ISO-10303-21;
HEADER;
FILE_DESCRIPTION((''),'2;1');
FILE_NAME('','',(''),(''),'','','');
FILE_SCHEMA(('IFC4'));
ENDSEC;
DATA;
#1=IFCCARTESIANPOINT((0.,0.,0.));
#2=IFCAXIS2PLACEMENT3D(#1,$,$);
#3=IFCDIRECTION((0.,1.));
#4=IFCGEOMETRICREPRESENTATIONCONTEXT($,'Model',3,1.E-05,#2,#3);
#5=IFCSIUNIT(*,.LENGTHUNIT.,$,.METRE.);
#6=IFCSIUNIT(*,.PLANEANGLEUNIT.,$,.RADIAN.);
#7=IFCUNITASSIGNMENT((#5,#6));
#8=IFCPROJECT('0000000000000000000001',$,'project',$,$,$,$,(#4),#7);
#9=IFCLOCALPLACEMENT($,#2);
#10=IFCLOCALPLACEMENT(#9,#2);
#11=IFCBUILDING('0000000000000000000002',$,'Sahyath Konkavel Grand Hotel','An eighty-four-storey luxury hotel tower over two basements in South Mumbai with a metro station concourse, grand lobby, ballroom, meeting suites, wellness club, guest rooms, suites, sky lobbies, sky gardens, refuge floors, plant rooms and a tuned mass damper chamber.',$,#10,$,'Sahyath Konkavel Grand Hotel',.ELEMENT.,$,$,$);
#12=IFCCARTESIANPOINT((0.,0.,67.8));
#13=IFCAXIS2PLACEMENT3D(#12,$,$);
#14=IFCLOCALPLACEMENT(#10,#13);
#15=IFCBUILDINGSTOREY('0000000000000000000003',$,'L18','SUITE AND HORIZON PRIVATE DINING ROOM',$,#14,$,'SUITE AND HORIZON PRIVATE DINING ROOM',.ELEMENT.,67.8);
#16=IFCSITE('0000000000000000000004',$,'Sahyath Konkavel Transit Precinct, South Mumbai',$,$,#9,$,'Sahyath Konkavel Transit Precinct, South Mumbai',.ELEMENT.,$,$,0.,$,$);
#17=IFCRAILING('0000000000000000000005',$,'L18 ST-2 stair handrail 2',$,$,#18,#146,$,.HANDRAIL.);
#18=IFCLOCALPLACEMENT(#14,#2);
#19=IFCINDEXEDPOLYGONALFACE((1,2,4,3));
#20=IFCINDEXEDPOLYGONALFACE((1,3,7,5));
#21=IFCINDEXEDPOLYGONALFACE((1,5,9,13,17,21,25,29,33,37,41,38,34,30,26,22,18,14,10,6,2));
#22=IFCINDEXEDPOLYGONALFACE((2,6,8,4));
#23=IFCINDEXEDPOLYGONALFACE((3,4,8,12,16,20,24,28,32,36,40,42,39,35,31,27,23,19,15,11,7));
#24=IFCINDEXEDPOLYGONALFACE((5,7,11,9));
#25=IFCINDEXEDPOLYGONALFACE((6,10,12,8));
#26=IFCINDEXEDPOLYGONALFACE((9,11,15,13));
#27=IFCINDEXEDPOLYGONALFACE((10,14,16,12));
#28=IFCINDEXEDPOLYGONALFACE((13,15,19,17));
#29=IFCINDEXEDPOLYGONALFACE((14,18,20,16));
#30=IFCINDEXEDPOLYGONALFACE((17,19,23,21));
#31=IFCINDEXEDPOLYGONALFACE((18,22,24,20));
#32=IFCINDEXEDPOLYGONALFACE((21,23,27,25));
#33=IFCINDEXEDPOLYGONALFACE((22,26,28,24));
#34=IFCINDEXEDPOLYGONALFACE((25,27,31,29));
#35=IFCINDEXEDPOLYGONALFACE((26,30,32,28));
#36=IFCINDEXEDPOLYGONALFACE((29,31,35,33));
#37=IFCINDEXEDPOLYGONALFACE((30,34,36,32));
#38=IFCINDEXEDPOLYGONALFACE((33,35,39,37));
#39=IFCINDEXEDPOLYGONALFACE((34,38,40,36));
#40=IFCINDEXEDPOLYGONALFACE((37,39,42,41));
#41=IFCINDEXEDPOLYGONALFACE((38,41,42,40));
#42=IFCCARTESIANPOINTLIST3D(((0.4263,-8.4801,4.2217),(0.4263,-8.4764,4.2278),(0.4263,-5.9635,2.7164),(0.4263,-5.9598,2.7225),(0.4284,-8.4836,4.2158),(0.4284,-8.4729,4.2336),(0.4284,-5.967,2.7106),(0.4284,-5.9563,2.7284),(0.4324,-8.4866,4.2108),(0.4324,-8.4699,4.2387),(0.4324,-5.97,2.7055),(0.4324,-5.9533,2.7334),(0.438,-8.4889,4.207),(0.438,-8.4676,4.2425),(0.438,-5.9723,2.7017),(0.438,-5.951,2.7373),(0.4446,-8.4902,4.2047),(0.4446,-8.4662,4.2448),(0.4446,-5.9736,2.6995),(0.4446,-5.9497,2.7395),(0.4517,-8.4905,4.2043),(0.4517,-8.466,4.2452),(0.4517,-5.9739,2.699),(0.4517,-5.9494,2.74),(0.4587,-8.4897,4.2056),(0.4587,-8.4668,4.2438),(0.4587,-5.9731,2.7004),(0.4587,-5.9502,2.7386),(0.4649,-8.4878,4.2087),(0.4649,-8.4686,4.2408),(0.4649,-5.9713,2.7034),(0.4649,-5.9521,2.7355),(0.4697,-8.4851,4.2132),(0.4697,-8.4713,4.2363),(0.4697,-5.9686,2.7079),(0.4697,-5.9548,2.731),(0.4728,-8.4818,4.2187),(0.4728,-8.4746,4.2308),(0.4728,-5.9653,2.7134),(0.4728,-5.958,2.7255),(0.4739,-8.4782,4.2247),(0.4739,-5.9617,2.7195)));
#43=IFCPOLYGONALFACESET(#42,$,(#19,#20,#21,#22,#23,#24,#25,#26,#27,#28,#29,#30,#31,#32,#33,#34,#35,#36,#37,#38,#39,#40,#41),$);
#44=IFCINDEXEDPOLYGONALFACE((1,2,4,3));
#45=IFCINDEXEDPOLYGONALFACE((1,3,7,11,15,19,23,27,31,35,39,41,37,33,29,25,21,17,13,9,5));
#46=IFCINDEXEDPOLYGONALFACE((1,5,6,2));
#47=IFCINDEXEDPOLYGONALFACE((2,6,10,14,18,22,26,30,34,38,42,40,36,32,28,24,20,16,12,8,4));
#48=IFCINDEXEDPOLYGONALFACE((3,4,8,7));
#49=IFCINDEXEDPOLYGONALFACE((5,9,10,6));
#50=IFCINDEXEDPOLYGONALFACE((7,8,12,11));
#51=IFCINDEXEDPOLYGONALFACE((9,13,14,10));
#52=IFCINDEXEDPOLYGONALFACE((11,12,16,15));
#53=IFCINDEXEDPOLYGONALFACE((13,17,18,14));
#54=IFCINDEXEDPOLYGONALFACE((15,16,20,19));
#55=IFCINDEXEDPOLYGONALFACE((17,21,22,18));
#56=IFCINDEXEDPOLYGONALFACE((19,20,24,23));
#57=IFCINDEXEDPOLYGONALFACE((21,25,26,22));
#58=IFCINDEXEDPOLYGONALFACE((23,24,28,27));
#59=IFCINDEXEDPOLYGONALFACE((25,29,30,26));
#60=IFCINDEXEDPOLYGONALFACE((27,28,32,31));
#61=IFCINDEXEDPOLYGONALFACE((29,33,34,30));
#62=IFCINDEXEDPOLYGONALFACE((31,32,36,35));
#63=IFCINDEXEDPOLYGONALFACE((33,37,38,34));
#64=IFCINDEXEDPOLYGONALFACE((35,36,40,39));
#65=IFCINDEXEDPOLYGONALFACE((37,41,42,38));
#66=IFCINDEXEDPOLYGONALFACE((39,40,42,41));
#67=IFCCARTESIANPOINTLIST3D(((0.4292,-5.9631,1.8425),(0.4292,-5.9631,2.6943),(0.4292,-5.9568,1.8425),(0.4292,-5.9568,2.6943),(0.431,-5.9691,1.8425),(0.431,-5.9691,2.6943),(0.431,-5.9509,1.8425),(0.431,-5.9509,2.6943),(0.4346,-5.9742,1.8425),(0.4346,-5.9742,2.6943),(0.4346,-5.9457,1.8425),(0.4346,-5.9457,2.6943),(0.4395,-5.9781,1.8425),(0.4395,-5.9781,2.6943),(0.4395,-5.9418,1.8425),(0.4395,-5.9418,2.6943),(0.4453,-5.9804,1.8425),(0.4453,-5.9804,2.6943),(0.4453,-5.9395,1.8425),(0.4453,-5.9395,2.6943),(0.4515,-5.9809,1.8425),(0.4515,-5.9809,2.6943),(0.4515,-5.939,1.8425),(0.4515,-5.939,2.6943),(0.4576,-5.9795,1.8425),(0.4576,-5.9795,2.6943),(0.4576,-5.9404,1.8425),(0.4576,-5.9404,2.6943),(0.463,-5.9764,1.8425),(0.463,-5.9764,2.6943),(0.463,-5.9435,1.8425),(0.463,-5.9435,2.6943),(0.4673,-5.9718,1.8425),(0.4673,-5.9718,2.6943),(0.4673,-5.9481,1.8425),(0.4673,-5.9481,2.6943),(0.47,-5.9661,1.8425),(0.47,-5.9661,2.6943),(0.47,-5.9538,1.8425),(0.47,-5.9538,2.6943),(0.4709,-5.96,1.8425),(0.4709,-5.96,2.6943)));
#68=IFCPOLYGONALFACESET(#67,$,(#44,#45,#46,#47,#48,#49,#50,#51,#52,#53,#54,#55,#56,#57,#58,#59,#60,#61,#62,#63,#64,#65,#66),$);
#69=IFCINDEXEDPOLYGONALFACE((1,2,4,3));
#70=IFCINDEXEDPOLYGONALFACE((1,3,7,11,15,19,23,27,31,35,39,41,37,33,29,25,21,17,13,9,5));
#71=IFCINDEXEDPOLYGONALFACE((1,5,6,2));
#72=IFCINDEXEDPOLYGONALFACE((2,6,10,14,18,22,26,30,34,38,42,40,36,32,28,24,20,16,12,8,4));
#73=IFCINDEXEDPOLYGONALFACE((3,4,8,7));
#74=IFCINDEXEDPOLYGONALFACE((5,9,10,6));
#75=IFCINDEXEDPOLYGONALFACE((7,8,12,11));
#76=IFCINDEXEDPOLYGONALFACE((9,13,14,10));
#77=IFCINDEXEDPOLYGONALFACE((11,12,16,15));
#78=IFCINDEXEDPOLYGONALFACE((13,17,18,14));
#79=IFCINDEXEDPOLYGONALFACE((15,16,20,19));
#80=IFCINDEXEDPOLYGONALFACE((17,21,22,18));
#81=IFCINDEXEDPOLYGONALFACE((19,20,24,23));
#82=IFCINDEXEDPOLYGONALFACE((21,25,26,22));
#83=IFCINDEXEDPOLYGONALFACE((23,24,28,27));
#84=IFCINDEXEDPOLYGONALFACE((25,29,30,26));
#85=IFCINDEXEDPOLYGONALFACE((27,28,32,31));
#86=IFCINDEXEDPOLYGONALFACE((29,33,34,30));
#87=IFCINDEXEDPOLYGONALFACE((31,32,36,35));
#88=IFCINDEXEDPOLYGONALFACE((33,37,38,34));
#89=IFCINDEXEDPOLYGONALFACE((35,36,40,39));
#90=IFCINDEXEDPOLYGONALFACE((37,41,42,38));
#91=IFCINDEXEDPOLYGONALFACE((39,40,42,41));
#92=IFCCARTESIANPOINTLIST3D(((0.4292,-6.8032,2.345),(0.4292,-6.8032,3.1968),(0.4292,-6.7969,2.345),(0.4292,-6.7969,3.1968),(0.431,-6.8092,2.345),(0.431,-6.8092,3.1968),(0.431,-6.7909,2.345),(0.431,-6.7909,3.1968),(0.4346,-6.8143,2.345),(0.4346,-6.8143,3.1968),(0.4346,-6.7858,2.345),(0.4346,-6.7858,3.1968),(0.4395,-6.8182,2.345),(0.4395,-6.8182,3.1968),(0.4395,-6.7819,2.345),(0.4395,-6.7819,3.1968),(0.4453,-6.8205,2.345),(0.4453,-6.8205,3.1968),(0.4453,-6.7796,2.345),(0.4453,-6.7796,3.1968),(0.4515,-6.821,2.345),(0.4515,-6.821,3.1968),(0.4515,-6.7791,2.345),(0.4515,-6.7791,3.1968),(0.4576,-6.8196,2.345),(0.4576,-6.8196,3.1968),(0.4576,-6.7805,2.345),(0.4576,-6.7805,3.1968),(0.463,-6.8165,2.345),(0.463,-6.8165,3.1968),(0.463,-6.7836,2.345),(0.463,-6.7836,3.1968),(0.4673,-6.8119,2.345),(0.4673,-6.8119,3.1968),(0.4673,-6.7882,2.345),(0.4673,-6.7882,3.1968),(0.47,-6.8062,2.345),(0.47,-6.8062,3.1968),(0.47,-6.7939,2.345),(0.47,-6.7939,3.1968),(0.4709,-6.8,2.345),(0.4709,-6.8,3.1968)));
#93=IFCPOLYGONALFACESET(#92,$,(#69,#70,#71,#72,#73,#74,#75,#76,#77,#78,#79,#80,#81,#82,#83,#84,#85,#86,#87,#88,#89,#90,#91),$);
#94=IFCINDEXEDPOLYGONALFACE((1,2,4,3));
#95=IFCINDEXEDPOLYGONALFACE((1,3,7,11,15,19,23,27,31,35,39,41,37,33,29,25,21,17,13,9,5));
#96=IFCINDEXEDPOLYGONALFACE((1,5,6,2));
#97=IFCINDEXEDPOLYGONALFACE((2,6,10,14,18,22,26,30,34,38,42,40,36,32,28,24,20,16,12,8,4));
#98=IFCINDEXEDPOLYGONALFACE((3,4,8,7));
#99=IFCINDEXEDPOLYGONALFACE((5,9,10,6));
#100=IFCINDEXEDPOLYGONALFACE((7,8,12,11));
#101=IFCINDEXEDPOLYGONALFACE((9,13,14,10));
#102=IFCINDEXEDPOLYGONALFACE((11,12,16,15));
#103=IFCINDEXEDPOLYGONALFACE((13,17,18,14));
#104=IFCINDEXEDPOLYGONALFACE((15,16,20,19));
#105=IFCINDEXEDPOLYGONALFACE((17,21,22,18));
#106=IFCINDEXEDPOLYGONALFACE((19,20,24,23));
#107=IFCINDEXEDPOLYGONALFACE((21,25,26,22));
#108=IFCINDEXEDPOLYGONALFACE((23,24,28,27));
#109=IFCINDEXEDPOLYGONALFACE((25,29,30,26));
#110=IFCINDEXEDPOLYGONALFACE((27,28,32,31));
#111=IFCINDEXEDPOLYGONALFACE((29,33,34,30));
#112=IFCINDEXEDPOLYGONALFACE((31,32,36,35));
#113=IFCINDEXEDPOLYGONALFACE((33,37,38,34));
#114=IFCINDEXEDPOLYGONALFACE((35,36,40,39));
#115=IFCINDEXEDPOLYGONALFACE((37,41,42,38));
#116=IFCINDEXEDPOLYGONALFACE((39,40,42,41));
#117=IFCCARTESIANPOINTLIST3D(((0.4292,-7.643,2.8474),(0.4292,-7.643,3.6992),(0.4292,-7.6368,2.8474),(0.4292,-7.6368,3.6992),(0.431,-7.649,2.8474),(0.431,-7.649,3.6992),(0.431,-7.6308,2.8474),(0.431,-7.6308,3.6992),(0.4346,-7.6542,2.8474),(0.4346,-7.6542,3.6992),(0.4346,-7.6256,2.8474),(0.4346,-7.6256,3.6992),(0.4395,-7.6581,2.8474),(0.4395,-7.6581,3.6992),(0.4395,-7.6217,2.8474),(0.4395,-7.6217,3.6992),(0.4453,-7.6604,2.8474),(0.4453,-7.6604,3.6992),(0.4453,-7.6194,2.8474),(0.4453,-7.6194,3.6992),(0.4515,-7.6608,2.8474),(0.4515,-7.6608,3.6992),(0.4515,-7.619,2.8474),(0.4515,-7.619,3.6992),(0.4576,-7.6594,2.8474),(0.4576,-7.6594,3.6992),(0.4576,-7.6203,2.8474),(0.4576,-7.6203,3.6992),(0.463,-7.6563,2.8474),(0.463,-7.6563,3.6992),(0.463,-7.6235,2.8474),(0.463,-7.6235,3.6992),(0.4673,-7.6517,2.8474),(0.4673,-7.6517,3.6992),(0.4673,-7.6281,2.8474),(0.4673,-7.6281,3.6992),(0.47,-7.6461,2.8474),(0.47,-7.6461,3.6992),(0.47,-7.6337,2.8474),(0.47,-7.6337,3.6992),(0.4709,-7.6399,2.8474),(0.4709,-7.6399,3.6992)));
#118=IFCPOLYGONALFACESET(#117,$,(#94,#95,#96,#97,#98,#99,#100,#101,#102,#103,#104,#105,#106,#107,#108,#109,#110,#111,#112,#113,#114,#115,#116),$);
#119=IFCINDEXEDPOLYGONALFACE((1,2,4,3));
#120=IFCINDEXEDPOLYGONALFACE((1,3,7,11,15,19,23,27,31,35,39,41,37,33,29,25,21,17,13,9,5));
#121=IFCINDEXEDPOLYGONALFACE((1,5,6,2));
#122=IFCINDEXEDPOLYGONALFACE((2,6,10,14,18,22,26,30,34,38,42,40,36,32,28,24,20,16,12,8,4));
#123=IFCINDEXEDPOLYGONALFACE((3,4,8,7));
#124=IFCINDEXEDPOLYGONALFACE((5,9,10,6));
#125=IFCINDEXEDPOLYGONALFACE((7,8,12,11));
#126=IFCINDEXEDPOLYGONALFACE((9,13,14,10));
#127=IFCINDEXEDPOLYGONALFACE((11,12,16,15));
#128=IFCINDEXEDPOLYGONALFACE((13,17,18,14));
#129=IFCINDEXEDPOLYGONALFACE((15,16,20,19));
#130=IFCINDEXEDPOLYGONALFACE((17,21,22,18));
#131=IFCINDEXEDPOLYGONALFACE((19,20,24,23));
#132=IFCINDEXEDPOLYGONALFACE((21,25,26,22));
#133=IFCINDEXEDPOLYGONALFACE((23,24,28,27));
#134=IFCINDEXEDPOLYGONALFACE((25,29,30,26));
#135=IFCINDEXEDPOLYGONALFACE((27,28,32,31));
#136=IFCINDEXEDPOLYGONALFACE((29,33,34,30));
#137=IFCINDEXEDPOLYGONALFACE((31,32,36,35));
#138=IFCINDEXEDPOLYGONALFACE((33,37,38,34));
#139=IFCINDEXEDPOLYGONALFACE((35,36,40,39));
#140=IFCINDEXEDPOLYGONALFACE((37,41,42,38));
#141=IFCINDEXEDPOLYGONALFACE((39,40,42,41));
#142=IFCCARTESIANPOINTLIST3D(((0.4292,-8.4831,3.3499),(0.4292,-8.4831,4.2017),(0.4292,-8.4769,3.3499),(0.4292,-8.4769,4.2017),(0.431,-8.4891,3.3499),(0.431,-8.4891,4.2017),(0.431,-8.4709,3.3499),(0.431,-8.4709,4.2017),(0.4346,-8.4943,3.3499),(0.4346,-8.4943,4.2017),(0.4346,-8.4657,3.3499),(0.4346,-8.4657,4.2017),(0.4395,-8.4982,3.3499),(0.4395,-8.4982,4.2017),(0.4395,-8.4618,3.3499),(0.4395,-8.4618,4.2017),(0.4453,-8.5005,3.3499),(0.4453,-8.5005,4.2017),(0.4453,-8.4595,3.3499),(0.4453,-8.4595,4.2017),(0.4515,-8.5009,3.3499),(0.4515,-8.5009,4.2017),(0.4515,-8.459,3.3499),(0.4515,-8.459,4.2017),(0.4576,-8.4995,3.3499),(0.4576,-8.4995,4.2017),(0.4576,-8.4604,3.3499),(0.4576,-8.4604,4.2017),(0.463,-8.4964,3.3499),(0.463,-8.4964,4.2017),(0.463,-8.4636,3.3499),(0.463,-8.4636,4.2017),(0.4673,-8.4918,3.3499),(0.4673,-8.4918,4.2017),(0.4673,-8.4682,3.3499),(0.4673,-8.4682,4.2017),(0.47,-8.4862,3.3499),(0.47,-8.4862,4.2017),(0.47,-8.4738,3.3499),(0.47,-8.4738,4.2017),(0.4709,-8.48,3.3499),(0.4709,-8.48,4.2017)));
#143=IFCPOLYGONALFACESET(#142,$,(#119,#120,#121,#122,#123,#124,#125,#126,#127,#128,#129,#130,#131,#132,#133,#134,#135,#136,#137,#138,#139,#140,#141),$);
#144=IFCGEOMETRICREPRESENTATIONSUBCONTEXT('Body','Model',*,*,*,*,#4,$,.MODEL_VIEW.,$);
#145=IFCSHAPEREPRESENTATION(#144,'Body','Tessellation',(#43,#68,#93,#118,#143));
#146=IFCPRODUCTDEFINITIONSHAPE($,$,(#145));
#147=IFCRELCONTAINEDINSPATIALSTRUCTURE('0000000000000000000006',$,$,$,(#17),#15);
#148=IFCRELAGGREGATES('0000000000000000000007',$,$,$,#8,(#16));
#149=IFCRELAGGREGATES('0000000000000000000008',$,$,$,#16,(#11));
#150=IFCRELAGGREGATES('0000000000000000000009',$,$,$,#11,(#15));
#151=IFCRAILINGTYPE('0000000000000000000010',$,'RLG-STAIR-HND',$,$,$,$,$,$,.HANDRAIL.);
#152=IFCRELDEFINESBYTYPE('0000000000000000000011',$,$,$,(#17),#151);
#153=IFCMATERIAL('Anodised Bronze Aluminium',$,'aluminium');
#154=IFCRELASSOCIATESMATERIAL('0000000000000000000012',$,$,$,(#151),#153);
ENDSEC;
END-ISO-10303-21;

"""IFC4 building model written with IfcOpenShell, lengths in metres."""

from ifc_helpers import new_model, si_unit, direction, frame, origin, origin_2d, place, context, subcontext, project, spatial, circle, extrude, material, type_object, element, save


model = new_model("IFC4")

# Units and contexts
model_context = context("Model", 3, precision=1e-05, world=origin(), true_north=direction((0.0, 1.0)))
body_context = subcontext(model_context, "Body", "Model", "MODEL_VIEW")
ifc_project = project(units=[si_unit("LENGTHUNIT", "METRE"), si_unit("PLANEANGLEUNIT", "RADIAN")], contexts=[model_context])

# Site, building, storey
site_placement = place(None, origin())
site = spatial("IfcSite", under=ifc_project, at=site_placement, Name="Sahyath Konkavel Transit Precinct, South Mumbai", LongName="Sahyath Konkavel Transit Precinct, South Mumbai", CompositionType="ELEMENT", RefElevation=0.0)
building_placement = place(site_placement, origin())
building = spatial("IfcBuilding", under=site, at=building_placement, Name="Sahyath Konkavel Grand Hotel", Description="An eighty-four-storey luxury hotel tower over two basements in South Mumbai with a metro station concourse, grand lobby, ballroom, meeting suites, wellness club, guest rooms, suites, sky lobbies, sky gardens, refuge floors, plant rooms and a tuned mass damper chamber.", LongName="Sahyath Konkavel Grand Hotel", CompositionType="ELEMENT")
storey_placement = place(building_placement, frame((0.0, 0.0, 67.8)))
storey = spatial("IfcBuildingStorey", under=building, at=storey_placement, Name="L18", Description="SUITE AND HORIZON PRIVATE DINING ROOM", LongName="SUITE AND HORIZON PRIVATE DINING ROOM", CompositionType="ELEMENT", Elevation=67.8)

# Railing
ifc_material_1 = material(Name="Anodised Bronze Aluminium", Category="aluminium")
railing_type_1 = type_object("IfcRailingType", Name="RLG-STAIR-HND", PredefinedType="HANDRAIL", material=ifc_material_1)
railing_1_placement = place(storey_placement, frame((0.45, -5.96, 1.8425)))
element("IfcRailing", 1, at=railing_1_placement, inside=storey, type_object=railing_type_1, Name="L18 ST-2 stair handrail 2", PredefinedType="HANDRAIL", context=body_context, shape_type="SweptSolid", body=[
    extrude(circle(Radius=0.0239, at=origin_2d()), frame((0.0, -0.0017, 0.877), z_axis=(0.0, -0.858196, 0.513321), x_axis=(1.0, 0.0, 0.0)), (0.0, 0.0, 1.0), 2.9324),
    extrude(circle(Radius=0.021, at=origin_2d()), origin(), (0.0, 0.0, 1.0), 0.8518),
    extrude(circle(Radius=0.021, at=origin_2d()), frame((0.0, -0.8401, 0.5024)), (0.0, 0.0, 1.0), 0.8518),
    extrude(circle(Radius=0.021, at=origin_2d()), frame((0.0, -1.6799, 1.0049)), (0.0, 0.0, 1.0), 0.8518),
    extrude(circle(Radius=0.021, at=origin_2d()), frame((0.0, -2.52, 1.5073)), (0.0, 0.0, 1.0), 0.8518),
])

save(model, "model.ifc")
